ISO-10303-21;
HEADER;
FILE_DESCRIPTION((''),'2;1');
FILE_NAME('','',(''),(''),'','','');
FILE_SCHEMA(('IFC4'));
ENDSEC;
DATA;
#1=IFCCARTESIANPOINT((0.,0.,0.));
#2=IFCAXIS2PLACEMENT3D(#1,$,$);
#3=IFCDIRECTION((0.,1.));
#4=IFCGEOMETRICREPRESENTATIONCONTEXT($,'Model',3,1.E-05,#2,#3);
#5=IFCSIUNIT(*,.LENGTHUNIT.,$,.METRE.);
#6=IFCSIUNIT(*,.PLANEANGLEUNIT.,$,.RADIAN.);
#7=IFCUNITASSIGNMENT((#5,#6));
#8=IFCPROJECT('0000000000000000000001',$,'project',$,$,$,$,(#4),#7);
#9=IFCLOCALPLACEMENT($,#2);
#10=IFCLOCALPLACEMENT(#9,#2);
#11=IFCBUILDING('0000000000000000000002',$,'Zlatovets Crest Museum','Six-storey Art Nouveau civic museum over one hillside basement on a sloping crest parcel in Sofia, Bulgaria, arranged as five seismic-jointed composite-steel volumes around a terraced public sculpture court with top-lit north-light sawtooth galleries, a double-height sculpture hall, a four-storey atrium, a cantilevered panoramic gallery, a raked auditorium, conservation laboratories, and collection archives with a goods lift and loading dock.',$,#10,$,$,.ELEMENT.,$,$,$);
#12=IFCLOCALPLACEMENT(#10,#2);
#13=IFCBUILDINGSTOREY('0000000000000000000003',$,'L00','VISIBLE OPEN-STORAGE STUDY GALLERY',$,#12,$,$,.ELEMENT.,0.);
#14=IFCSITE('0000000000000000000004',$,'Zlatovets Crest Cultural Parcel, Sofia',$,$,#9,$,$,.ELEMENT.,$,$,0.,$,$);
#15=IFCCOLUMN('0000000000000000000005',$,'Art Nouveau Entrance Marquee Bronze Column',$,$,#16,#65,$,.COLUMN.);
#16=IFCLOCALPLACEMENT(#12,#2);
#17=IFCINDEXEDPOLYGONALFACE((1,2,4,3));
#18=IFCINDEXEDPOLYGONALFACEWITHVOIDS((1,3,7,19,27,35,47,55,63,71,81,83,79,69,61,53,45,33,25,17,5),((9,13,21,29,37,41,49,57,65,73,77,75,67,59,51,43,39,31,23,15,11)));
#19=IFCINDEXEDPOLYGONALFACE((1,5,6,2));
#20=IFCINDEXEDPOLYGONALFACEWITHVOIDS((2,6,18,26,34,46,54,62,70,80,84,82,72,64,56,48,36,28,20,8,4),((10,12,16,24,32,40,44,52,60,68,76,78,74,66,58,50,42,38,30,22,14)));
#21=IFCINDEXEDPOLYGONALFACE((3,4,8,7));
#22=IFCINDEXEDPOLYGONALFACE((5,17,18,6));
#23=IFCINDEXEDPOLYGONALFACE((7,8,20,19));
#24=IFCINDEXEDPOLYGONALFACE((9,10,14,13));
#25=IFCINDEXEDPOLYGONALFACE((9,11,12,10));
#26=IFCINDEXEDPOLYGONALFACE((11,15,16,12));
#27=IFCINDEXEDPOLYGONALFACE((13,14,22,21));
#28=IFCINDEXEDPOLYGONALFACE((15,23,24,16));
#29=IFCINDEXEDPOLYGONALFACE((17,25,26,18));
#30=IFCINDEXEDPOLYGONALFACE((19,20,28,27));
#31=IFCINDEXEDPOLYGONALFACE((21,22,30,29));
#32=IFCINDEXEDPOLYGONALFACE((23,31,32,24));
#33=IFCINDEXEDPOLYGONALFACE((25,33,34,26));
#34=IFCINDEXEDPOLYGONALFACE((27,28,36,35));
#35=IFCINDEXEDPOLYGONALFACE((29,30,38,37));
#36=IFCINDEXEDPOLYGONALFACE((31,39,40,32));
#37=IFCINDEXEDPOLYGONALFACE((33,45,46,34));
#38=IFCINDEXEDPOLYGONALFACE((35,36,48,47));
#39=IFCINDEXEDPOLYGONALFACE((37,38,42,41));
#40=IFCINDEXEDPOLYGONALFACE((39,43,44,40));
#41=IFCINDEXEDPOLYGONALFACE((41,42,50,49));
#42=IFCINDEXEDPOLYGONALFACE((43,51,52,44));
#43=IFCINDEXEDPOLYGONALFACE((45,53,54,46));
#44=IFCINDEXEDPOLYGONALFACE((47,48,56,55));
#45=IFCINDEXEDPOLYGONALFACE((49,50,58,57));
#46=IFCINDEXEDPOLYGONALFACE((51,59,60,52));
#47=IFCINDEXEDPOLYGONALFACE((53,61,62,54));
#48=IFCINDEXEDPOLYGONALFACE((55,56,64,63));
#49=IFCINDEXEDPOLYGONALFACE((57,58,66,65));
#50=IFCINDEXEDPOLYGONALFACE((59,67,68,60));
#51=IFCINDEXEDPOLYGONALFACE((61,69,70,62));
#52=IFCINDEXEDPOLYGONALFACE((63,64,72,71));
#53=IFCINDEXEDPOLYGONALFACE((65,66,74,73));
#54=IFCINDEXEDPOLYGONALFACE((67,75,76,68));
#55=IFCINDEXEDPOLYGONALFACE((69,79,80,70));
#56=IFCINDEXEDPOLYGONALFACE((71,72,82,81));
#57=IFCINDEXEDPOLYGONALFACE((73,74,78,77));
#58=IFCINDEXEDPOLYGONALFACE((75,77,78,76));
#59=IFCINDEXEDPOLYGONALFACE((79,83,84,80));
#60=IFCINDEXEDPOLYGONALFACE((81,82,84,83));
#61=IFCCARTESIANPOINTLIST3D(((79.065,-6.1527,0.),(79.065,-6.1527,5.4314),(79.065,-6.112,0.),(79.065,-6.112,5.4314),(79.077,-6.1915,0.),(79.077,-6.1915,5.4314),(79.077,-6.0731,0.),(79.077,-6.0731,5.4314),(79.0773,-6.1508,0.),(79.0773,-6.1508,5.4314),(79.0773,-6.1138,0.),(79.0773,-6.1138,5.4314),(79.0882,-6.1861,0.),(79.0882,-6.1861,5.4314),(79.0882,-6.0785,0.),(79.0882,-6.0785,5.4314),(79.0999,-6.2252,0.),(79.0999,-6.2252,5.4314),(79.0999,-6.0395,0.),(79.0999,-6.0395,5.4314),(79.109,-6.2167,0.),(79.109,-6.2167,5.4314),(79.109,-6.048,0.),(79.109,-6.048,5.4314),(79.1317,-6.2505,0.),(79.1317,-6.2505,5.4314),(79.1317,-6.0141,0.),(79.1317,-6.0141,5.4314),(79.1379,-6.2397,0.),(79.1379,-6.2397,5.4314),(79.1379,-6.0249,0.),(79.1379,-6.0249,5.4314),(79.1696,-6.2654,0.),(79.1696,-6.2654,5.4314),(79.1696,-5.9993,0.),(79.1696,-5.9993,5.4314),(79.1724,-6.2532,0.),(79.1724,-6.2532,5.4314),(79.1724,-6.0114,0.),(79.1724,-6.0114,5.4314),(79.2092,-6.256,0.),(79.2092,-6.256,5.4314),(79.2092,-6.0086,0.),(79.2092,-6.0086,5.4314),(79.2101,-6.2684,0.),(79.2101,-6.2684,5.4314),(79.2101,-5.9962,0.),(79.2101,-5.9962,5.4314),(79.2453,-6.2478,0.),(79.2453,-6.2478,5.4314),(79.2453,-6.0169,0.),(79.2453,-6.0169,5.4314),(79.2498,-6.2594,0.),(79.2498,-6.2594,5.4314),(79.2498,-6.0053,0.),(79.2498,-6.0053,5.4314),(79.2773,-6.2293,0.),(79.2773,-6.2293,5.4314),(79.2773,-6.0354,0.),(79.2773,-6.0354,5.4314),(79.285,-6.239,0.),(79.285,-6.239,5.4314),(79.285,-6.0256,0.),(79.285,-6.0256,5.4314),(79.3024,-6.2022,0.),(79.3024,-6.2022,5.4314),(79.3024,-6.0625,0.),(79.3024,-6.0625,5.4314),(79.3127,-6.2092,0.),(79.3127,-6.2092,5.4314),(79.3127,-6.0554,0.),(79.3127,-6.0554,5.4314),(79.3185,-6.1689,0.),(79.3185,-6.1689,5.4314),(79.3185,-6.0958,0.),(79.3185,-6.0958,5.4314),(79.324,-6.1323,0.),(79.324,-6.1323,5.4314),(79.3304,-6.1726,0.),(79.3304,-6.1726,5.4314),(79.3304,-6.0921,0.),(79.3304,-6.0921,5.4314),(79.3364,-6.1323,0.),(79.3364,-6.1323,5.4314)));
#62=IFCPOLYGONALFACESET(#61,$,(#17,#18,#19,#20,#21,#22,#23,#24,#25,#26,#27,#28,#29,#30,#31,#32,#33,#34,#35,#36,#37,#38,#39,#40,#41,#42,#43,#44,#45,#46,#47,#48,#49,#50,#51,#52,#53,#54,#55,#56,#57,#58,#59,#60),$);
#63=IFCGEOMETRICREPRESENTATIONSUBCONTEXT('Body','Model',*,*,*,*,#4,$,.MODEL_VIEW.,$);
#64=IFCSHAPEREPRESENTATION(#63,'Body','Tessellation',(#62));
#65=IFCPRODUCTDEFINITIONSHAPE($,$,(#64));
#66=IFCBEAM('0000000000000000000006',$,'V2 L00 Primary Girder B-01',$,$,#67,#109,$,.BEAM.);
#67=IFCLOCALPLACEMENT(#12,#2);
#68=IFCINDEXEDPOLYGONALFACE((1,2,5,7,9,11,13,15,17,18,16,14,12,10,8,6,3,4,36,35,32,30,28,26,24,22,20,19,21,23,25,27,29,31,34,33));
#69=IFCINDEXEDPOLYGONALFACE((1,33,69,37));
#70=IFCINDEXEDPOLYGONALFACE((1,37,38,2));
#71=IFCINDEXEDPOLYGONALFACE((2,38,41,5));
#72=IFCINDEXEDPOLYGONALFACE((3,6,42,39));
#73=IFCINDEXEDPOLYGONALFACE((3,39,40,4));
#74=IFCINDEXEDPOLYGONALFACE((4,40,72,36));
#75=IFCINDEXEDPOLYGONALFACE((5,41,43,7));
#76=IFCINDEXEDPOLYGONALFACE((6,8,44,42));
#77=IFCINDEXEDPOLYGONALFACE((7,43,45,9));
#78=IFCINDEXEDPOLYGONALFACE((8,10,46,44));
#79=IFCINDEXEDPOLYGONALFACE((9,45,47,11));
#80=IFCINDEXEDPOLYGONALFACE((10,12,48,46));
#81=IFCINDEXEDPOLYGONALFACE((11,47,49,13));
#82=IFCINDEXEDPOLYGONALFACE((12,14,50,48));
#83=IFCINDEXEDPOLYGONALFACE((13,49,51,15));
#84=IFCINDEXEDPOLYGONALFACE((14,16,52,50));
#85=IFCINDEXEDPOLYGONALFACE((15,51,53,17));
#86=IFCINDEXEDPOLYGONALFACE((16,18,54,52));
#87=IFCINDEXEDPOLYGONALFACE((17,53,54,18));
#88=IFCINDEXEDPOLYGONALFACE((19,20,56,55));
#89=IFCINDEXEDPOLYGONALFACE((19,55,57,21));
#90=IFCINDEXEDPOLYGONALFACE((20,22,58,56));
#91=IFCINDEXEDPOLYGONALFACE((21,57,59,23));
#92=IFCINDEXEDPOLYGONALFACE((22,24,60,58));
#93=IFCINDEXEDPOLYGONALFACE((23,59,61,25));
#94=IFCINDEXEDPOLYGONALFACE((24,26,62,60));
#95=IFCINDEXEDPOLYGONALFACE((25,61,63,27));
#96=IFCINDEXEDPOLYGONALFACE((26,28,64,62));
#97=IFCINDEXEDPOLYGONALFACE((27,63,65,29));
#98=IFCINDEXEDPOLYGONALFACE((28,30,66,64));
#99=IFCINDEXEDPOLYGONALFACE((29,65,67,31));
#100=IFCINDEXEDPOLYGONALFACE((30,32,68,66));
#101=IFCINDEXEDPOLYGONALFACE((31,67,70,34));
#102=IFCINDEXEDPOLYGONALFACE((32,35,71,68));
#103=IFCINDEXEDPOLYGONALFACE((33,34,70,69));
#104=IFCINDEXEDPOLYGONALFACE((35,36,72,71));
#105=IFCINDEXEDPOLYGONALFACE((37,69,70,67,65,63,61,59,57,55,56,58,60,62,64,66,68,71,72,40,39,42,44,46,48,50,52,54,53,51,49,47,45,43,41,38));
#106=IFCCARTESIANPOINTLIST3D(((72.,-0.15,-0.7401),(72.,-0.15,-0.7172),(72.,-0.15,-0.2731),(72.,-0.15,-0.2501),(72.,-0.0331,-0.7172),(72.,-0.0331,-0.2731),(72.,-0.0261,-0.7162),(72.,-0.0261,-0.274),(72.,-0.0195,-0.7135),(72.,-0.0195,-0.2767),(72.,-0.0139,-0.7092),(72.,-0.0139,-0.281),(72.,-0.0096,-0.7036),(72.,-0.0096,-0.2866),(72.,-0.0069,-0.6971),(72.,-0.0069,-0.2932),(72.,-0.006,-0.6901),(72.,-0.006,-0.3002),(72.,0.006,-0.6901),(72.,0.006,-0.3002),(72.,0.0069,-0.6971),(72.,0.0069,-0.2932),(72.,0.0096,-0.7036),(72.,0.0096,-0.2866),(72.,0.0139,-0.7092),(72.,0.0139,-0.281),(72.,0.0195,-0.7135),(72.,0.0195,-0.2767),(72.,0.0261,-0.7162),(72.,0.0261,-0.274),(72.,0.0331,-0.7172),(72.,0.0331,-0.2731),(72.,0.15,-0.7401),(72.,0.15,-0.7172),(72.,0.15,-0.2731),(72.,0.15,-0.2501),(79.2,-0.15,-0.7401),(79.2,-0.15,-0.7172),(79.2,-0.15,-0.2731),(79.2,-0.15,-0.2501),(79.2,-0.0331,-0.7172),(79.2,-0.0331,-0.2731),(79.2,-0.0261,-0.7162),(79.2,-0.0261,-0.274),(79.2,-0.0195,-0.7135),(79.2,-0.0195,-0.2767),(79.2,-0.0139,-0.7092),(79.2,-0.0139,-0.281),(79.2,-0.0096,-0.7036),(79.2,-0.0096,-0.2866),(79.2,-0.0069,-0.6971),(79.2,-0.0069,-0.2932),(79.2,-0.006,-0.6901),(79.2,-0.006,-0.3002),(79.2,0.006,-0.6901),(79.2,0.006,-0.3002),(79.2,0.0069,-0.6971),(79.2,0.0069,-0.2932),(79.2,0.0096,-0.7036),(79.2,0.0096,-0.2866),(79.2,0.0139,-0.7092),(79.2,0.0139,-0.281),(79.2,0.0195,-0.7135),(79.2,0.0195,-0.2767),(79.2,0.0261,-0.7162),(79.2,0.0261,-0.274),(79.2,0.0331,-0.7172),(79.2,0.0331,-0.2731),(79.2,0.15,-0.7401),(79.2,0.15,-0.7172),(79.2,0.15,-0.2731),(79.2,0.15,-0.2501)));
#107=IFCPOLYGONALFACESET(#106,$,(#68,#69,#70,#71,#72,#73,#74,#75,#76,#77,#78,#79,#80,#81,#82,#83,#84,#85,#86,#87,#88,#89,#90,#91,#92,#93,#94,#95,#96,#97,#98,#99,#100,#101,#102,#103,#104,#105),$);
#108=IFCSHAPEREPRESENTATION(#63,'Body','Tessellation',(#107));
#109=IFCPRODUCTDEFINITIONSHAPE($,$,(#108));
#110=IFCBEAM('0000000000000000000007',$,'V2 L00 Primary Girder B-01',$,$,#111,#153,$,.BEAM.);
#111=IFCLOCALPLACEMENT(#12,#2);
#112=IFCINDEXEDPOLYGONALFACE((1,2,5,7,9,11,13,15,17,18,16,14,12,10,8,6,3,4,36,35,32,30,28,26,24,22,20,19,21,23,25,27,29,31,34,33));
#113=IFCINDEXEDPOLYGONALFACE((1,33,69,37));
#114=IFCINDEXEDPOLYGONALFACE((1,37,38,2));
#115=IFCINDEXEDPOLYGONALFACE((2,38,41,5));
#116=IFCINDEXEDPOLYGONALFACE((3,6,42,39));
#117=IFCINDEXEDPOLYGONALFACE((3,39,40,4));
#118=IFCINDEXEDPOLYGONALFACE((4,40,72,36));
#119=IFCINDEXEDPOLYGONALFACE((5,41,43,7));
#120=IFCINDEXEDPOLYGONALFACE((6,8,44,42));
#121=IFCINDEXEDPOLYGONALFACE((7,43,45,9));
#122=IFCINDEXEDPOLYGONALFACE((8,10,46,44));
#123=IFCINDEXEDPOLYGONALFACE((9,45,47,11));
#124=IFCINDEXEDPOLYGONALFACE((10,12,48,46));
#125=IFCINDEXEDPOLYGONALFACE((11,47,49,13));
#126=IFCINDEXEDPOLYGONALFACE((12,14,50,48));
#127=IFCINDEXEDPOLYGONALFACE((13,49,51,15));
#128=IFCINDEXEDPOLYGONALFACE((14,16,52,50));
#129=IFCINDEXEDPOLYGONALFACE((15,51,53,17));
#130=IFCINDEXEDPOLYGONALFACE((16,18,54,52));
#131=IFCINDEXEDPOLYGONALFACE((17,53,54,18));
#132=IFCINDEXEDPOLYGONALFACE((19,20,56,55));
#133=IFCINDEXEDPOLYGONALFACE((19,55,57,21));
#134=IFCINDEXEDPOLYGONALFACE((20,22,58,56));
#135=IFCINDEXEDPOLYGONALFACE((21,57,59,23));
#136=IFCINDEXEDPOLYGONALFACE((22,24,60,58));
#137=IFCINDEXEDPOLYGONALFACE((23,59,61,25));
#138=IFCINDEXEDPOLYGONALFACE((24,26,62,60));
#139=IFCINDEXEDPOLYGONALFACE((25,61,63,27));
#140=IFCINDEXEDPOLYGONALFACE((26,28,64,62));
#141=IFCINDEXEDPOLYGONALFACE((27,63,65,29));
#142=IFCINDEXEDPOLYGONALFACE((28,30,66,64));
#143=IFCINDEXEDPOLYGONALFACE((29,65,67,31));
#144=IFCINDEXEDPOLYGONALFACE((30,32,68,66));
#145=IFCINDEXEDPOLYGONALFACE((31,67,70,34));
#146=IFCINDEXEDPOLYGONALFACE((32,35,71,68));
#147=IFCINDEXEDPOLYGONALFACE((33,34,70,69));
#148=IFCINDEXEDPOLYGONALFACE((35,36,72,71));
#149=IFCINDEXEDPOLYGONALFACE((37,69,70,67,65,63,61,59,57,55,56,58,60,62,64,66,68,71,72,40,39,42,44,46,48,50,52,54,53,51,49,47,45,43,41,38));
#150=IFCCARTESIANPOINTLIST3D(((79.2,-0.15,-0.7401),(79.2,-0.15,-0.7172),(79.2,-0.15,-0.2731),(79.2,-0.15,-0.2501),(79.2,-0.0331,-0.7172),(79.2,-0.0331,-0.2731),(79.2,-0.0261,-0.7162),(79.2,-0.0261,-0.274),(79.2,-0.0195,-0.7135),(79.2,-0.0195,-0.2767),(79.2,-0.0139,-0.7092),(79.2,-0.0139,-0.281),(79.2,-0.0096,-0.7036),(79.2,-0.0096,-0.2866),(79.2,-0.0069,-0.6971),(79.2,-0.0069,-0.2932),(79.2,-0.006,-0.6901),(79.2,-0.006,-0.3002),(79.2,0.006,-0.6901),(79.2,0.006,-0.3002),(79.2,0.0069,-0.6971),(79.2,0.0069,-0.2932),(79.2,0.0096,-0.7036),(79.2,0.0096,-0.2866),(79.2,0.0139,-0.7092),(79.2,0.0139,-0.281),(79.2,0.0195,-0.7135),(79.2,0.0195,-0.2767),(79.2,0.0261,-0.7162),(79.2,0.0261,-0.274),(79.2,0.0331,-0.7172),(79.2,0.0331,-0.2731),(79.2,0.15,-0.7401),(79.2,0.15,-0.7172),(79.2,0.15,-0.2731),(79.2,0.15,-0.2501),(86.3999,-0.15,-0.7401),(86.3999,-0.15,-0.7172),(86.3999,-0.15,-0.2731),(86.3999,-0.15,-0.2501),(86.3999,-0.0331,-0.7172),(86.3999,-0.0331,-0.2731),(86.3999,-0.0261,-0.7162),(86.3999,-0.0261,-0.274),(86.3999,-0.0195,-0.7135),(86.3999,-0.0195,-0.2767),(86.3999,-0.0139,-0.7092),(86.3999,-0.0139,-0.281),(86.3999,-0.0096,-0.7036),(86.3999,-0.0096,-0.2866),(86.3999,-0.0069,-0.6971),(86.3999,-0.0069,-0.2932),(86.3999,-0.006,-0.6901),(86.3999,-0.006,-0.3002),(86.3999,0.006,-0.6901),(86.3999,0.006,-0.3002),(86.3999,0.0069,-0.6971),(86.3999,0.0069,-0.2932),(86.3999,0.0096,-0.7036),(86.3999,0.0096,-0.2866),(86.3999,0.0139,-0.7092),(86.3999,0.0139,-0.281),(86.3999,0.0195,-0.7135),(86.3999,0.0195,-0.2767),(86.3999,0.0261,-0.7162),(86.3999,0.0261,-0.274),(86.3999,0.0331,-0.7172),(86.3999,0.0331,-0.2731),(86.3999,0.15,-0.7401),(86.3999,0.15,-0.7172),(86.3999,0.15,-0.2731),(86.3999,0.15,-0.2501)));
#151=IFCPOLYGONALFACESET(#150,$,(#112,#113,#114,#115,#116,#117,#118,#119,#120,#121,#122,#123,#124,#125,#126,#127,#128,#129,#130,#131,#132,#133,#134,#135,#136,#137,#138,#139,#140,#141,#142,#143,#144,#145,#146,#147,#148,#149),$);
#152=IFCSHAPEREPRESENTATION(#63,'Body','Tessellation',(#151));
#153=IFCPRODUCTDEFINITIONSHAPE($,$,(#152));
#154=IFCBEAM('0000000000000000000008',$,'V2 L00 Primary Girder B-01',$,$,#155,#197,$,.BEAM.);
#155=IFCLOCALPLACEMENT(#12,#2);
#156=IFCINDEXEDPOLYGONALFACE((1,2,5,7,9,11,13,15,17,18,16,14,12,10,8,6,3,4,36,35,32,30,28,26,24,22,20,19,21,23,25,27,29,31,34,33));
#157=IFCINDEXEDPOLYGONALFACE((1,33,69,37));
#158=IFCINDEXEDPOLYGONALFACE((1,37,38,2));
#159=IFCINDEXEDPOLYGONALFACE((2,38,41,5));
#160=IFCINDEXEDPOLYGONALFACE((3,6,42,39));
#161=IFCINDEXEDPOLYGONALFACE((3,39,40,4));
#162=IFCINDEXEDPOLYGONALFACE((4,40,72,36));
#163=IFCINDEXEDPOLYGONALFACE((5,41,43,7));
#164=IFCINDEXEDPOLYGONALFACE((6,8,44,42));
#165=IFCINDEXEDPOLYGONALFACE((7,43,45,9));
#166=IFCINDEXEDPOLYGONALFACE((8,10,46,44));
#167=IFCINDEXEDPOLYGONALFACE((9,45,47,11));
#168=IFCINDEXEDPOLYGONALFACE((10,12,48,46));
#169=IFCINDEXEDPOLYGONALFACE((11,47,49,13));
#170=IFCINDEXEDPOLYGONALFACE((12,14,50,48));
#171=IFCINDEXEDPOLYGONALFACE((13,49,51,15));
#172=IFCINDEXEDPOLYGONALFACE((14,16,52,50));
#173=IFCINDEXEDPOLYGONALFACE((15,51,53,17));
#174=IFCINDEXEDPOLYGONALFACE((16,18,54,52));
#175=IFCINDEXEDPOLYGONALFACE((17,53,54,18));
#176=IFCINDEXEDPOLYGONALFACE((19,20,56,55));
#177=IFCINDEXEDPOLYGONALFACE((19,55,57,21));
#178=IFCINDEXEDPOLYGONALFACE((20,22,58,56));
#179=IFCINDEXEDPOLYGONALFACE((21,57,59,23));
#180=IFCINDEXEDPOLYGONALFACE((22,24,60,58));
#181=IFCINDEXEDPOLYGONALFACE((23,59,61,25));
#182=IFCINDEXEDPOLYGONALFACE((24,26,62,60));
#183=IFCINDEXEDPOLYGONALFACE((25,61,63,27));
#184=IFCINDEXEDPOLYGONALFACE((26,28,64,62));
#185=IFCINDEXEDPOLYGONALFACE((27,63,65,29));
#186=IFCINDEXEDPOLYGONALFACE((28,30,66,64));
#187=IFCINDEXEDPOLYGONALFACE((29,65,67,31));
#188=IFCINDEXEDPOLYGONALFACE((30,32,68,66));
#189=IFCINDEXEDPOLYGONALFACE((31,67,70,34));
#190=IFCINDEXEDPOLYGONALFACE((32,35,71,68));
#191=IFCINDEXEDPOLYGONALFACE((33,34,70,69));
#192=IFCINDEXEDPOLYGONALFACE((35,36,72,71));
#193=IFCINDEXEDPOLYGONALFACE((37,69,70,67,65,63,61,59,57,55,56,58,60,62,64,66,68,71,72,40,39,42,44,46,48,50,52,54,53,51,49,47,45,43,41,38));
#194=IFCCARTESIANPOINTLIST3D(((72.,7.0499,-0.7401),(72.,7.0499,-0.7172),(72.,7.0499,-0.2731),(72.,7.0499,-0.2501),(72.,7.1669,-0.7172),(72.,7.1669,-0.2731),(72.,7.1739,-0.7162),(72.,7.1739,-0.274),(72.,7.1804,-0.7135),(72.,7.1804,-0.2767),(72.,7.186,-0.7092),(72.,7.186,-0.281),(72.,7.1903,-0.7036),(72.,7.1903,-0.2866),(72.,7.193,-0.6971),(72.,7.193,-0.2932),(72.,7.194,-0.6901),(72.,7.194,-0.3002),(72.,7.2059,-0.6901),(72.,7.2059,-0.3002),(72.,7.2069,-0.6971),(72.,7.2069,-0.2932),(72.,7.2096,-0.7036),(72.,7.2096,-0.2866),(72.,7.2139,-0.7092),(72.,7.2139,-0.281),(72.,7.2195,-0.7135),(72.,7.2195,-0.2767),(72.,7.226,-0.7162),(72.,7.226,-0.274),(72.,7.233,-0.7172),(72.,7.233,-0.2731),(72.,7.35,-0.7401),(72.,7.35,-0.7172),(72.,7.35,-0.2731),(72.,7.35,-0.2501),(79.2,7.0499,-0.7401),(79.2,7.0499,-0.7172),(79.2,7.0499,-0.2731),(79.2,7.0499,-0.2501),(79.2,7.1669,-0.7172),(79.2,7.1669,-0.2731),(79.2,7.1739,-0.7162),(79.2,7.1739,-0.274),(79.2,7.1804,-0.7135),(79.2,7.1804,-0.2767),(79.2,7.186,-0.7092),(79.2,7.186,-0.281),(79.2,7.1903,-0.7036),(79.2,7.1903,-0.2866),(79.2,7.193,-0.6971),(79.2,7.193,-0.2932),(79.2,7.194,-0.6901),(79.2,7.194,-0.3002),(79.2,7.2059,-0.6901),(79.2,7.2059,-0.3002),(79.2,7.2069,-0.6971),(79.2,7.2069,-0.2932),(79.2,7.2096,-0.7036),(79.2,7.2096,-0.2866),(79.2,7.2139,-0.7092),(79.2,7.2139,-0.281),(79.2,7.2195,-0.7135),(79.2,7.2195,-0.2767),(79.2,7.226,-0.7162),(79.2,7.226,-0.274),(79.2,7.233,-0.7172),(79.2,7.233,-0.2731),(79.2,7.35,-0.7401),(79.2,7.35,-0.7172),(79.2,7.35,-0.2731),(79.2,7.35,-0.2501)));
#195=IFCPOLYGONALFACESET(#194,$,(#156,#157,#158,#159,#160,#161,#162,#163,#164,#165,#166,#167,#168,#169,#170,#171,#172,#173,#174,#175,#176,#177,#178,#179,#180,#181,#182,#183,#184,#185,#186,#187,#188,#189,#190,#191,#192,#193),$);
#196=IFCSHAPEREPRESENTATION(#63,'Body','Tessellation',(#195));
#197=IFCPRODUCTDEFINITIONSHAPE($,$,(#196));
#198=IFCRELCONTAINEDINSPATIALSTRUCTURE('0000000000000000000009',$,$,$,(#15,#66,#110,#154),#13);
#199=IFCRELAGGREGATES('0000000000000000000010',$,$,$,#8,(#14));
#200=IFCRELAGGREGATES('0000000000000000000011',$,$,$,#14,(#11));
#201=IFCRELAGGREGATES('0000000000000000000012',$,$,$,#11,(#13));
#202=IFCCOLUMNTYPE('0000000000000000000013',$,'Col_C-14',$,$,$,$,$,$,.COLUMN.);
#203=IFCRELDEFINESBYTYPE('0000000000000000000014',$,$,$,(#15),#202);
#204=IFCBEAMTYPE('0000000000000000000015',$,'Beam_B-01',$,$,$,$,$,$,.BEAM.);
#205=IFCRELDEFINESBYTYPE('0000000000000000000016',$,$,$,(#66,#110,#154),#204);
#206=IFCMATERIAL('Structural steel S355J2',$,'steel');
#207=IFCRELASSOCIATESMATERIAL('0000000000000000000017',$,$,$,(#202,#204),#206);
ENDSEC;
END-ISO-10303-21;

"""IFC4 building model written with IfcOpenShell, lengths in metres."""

from ifc_helpers import new_model, si_unit, direction, frame, origin, origin_2d, place, context, subcontext, project, spatial, hollow_circle, i_section, extrude, material, material_profile, profile_set, type_object, element, save


model = new_model("IFC4")

# Units and contexts
model_context = context("Model", 3, precision=1e-05, world=origin(), true_north=direction((0.0, 1.0)))
body_context = subcontext(model_context, "Body", "Model", "MODEL_VIEW")
ifc_project = project(units=[si_unit("LENGTHUNIT", "METRE"), si_unit("PLANEANGLEUNIT", "RADIAN")], contexts=[model_context])

# Site, building, storey
site_placement = place(None, origin())
site = spatial("IfcSite", under=ifc_project, at=site_placement, Name="Zlatovets Crest Cultural Parcel, Sofia", CompositionType="ELEMENT", RefElevation=0.0)
building_placement = place(site_placement, origin())
building = spatial("IfcBuilding", under=site, at=building_placement, Name="Zlatovets Crest Museum", Description="Six-storey Art Nouveau civic museum over one hillside basement on a sloping crest parcel in Sofia, Bulgaria, arranged as five seismic-jointed composite-steel volumes around a terraced public sculpture court with top-lit north-light sawtooth galleries, a double-height sculpture hall, a four-storey atrium, a cantilevered panoramic gallery, a raked auditorium, conservation laboratories, and collection archives with a goods lift and loading dock.", CompositionType="ELEMENT")
storey_placement = place(building_placement, origin())
storey = spatial("IfcBuildingStorey", under=building, at=storey_placement, Name="L00", Description="VISIBLE OPEN-STORAGE STUDY GALLERY", CompositionType="ELEMENT", Elevation=0.0)

# Column
ifc_material_1 = material(Name="Structural steel S355J2", Category="steel")
ifc_material_profile_1 = material_profile(ifc_material_1, hollow_circle(Radius=0.1365, WallThickness=0.0125, at=origin_2d()), Name="CHS 273.0x12.5")
ifc_profile_set_1 = profile_set([ifc_material_profile_1], Name="Structural steel S355J2")
column_type_1 = type_object("IfcColumnType", Name="Col_C-14", PredefinedType="COLUMN", material=ifc_profile_set_1)
column_1_placement = place(storey_placement, frame((79.2, -6.1323, 0.0), z_axis=(0.0, 0.0, 1.0), x_axis=(1.0, 0.0, 0.0)))
element("IfcColumn", 1, at=column_1_placement, inside=storey, type_object=column_type_1, Name="Art Nouveau Entrance Marquee Bronze Column", PredefinedType="COLUMN", context=body_context, shape_type="SweptSolid", body=[
    extrude(hollow_circle(Radius=0.1365, WallThickness=0.0125, at=origin_2d()), origin(), (0.0, 0.0, 1.0), 5.4314),
])

# Beams
ifc_material_profile_2 = material_profile(ifc_material_1, i_section(OverallWidth=0.3, OverallDepth=0.49, WebThickness=0.012, FlangeThickness=0.0229, FilletRadius=0.0271, at=origin_2d()), Name="HEA 500")
ifc_profile_set_2 = profile_set([ifc_material_profile_2], Name="Structural steel S355J2")
beam_type_1 = type_object("IfcBeamType", Name="Beam_B-01", PredefinedType="BEAM", material=ifc_profile_set_2)
for number, where, z_axis, x_axis, name in (
    (2, (72.0, 0.0, -0.4951), (1.0, 0.0, 0.0), (0.0, 1.0, 0.0), "V2 L00 Primary Girder B-01"),
    (3, (79.2, 0.0, -0.4951), (1.0, 0.0, 0.0), (0.0, 1.0, 0.0), "V2 L00 Primary Girder B-01"),
    (4, (72.0, 7.2, -0.4951), (1.0, 0.0, 0.0), (0.0, 1.0, 0.0), "V2 L00 Primary Girder B-01"),
):
    element("IfcBeam", number, at=place(storey_placement, frame(where, z_axis=z_axis, x_axis=x_axis)), inside=storey, type_object=beam_type_1, Name=name, PredefinedType="BEAM", context=body_context, shape_type="SweptSolid", body=[
        extrude(i_section(OverallWidth=0.3, OverallDepth=0.49, WebThickness=0.012, FlangeThickness=0.0229, FilletRadius=0.0271, at=origin_2d()), origin(), (0.0, 0.0, 1.0), 7.2),
    ])

save(model, "model.ifc")
